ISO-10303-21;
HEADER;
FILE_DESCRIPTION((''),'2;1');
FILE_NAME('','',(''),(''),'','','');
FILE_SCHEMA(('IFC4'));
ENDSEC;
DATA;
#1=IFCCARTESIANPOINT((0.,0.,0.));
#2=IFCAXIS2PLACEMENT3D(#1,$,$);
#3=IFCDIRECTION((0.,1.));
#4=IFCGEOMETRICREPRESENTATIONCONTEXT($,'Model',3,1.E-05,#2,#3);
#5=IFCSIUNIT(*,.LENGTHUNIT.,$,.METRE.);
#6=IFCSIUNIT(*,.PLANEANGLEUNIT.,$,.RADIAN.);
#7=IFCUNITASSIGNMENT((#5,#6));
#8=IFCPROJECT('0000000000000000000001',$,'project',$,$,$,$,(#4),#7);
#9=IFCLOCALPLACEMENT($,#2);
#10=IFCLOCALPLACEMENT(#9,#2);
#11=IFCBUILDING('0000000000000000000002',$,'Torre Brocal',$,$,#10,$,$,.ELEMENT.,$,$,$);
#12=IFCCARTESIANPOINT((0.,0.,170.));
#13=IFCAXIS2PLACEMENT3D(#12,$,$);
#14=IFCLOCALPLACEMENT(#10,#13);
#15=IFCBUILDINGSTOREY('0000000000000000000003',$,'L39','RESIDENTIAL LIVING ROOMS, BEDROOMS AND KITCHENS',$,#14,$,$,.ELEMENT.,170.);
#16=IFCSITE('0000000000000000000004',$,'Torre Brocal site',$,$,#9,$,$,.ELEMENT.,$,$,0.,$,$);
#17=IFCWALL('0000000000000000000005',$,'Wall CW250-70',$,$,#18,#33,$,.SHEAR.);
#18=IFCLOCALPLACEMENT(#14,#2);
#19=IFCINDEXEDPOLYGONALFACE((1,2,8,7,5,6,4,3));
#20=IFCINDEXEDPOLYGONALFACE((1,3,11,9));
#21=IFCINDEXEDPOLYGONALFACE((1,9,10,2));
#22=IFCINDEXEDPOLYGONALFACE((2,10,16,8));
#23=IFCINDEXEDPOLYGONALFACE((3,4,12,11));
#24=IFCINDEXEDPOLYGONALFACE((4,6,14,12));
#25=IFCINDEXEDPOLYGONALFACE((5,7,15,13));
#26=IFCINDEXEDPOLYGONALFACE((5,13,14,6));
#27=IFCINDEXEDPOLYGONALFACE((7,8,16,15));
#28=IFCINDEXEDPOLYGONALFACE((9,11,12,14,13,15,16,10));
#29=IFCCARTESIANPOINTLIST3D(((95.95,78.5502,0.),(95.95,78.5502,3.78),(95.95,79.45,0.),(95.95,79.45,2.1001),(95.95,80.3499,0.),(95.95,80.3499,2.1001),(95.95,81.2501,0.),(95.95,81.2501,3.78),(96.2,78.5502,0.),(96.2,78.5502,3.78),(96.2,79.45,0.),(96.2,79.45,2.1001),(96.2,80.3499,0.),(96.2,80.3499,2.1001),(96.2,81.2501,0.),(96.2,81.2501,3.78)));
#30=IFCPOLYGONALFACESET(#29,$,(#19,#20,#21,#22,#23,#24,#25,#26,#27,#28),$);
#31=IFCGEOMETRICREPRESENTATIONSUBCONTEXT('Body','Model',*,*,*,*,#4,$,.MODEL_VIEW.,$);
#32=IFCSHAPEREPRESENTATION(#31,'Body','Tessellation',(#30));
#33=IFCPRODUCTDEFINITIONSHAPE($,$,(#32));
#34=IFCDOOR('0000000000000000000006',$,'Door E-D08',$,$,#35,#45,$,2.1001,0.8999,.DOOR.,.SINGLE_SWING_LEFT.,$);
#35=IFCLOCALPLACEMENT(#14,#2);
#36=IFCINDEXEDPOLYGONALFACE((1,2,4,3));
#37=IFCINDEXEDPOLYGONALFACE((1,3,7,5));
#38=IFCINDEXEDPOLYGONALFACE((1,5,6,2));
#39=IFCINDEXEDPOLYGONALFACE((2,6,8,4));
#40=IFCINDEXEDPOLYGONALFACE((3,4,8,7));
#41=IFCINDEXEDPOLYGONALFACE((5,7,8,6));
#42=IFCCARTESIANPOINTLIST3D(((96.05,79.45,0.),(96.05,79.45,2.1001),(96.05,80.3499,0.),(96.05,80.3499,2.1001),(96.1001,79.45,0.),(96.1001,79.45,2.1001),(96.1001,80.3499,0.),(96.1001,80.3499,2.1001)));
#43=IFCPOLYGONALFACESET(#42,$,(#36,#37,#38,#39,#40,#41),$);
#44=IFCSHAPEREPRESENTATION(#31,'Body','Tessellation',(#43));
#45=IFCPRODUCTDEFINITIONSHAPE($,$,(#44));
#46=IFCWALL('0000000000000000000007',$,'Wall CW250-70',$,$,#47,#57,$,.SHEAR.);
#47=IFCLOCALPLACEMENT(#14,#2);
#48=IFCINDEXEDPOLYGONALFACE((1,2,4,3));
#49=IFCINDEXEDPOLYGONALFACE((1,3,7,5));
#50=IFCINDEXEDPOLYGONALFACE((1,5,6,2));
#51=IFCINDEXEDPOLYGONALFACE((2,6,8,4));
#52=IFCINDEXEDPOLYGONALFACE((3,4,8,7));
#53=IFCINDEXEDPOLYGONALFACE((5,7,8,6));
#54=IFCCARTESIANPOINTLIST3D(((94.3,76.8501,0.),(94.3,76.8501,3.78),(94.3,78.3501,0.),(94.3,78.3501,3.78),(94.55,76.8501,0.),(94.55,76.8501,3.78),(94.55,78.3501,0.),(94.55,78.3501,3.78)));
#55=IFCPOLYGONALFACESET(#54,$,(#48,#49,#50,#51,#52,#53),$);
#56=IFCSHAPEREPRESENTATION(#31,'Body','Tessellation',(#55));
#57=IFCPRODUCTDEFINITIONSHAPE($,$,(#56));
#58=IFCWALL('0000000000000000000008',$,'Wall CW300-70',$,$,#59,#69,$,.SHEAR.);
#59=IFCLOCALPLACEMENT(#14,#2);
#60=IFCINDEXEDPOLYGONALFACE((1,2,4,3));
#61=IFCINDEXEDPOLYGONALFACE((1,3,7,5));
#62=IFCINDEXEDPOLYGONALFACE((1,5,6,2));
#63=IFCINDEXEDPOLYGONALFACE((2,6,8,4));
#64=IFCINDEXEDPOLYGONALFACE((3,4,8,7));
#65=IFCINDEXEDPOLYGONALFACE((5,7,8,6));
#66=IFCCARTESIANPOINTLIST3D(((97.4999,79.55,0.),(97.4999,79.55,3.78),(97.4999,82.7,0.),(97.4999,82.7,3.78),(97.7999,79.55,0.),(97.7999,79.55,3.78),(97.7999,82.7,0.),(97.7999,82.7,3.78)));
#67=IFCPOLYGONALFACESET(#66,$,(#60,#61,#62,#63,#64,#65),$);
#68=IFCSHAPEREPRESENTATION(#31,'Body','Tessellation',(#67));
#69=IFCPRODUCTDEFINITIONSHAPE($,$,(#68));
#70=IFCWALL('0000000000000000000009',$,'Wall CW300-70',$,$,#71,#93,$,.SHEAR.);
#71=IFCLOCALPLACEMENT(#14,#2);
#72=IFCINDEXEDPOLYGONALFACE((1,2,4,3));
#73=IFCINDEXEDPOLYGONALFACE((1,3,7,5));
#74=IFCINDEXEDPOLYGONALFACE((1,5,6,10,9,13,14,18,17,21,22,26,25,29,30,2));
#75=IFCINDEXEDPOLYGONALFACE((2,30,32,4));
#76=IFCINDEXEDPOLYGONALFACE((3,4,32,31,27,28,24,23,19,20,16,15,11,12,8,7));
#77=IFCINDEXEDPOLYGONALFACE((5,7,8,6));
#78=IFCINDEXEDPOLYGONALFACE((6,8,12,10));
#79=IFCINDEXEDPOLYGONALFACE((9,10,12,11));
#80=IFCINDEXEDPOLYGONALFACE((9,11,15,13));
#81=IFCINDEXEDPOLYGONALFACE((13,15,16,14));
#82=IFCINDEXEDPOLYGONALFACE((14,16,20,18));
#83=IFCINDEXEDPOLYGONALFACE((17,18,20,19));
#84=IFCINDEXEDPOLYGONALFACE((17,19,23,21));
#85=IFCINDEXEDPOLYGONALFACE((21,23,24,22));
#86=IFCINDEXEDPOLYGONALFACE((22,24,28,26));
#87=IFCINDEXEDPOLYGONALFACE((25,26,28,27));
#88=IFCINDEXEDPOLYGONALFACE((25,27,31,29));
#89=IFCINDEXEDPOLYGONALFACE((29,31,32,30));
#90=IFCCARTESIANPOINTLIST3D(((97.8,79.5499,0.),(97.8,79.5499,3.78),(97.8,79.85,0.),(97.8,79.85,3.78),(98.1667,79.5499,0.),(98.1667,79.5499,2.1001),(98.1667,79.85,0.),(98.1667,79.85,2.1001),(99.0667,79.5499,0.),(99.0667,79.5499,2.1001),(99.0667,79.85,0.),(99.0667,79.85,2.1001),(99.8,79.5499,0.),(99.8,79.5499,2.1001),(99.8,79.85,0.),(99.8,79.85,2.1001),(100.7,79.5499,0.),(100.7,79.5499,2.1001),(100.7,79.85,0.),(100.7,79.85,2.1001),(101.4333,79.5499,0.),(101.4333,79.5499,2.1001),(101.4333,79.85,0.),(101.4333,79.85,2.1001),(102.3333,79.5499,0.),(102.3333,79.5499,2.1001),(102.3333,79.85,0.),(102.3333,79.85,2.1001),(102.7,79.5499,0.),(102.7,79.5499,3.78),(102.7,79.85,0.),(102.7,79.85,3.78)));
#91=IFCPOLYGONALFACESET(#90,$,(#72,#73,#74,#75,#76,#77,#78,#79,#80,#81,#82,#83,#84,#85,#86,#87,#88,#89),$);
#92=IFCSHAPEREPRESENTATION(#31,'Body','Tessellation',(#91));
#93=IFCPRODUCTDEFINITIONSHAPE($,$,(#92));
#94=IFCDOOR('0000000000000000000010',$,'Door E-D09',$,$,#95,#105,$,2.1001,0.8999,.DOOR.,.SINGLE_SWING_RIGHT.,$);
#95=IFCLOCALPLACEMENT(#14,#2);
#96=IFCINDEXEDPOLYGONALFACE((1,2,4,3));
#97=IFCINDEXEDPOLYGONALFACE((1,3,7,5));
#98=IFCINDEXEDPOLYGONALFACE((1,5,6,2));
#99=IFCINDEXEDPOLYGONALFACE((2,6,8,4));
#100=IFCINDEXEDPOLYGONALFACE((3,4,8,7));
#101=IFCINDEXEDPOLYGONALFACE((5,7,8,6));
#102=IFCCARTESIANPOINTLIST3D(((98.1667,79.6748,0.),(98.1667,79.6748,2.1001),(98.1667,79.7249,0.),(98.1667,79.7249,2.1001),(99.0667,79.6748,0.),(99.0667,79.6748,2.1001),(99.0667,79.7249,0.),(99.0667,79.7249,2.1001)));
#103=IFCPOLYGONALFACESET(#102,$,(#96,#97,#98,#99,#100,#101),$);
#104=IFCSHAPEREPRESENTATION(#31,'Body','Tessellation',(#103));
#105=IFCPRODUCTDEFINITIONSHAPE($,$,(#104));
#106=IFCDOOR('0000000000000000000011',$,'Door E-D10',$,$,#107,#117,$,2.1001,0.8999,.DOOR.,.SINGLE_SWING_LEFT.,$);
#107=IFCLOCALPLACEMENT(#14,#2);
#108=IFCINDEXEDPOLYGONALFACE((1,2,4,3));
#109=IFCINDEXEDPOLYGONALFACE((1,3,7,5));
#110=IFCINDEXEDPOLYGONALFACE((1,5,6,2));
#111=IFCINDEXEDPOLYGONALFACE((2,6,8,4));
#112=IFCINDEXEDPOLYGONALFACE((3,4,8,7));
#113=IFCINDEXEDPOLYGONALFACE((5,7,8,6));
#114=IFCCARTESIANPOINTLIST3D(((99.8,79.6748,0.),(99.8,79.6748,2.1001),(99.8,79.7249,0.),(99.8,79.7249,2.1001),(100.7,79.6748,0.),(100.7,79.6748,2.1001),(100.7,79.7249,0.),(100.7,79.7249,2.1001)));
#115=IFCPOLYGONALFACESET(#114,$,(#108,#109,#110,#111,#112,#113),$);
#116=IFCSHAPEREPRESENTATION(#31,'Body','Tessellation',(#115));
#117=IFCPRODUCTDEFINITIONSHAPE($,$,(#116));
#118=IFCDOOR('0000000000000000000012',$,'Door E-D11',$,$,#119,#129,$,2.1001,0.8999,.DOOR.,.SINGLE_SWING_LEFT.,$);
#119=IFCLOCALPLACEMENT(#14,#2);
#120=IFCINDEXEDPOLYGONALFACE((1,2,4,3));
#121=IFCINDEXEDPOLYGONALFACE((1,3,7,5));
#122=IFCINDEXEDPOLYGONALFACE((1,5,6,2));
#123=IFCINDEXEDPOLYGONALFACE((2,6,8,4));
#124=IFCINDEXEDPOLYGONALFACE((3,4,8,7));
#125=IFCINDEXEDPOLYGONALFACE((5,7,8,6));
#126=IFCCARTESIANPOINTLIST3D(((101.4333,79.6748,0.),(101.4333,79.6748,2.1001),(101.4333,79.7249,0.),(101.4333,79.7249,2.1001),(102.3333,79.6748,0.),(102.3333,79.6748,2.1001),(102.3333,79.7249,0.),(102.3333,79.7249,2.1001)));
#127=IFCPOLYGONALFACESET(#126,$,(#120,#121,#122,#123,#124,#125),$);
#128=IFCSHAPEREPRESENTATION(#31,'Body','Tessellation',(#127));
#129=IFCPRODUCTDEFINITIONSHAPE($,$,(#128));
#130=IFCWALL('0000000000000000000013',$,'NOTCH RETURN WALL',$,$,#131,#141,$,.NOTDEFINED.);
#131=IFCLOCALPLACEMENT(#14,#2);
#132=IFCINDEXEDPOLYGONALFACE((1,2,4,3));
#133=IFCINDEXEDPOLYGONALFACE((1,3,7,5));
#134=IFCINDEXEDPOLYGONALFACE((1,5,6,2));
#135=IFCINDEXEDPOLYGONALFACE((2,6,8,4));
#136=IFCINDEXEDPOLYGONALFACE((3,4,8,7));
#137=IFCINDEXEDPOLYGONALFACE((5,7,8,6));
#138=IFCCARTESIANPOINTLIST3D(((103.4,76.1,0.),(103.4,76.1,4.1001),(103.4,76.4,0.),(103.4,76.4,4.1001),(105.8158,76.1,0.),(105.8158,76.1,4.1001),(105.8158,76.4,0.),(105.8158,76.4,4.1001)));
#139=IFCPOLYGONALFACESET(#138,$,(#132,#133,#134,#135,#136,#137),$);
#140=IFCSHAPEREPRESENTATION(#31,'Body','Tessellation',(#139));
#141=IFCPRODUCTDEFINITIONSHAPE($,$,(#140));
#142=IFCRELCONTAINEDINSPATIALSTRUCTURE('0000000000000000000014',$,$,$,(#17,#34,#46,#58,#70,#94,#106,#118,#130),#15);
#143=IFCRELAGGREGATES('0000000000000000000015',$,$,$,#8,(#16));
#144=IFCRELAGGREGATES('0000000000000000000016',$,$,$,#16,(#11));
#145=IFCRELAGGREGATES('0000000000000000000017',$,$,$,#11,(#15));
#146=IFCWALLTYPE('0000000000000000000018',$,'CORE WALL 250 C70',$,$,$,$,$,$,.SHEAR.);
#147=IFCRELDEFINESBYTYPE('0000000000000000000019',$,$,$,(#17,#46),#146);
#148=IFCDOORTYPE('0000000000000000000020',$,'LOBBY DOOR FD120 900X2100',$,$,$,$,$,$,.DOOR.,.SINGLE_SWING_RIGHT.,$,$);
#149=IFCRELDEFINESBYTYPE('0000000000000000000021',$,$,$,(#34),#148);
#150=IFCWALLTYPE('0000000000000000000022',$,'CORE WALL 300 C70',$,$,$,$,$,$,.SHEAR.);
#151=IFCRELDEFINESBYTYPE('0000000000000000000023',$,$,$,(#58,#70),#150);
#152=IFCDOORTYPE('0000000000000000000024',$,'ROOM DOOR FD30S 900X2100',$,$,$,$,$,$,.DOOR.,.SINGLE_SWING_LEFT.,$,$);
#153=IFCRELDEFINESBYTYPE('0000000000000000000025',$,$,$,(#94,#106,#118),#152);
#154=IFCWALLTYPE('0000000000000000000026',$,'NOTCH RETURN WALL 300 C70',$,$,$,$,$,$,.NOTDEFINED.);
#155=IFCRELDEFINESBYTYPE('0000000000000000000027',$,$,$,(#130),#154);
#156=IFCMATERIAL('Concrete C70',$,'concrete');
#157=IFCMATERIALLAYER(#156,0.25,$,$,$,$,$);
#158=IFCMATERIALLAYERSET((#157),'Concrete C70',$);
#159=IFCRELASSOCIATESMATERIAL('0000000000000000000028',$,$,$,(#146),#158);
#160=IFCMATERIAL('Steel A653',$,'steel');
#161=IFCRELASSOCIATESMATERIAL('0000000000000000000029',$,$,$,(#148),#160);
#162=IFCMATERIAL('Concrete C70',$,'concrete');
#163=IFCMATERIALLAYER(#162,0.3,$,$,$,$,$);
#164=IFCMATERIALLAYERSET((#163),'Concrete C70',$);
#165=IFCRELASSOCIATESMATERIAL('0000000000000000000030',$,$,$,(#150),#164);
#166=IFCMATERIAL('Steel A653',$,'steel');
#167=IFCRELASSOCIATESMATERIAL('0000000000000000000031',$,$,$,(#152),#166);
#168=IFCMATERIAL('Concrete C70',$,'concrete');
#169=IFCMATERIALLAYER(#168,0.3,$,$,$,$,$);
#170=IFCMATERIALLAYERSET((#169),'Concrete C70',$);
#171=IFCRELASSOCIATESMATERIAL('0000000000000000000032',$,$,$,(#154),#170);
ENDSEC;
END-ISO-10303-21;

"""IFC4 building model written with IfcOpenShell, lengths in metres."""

from ifc_helpers import new_model, si_unit, direction, frame, frame_2d, origin, place, context, subcontext, project, spatial, rectangle, extrude, material, layer, layer_set, type_object, element, fill, save


model = new_model("IFC4")

# Units and contexts
model_context = context("Model", 3, precision=1e-05, world=origin(), true_north=direction((0.0, 1.0)))
body_context = subcontext(model_context, "Body", "Model", "MODEL_VIEW")
ifc_project = project(units=[si_unit("LENGTHUNIT", "METRE"), si_unit("PLANEANGLEUNIT", "RADIAN")], contexts=[model_context])

# Site, building, storey
site_placement = place(None, origin())
site = spatial("IfcSite", under=ifc_project, at=site_placement, Name="Torre Brocal site", CompositionType="ELEMENT", RefElevation=0.0)
building_placement = place(site_placement, origin())
building = spatial("IfcBuilding", under=site, at=building_placement, Name="Torre Brocal", CompositionType="ELEMENT")
storey_placement = place(building_placement, frame((0.0, 0.0, 170.0)))
storey = spatial("IfcBuildingStorey", under=building, at=storey_placement, Name="L39", Description="RESIDENTIAL LIVING ROOMS, BEDROOMS AND KITCHENS", CompositionType="ELEMENT", Elevation=170.0)

# Wall, opening, door
ifc_material_1 = material(Name="Concrete C70", Category="concrete")
ifc_layer_1 = layer(ifc_material_1, 0.25)
ifc_layer_set_1 = layer_set([ifc_layer_1], Name="Concrete C70")
wall_type_1 = type_object("IfcWallType", Name="CORE WALL 250 C70", PredefinedType="SHEAR", material=ifc_layer_set_1)
wall_1_placement = place(storey_placement, frame((96.075, 78.55, 0.0), z_axis=(0.0, 0.0, 1.0), x_axis=(0.0, 1.0, 0.0)))
wall_1 = element("IfcWall", 1, at=wall_1_placement, inside=storey, type_object=wall_type_1, Name="Wall CW250-70", PredefinedType="SHEAR", context=body_context, shape_type="SweptSolid", body=[
    extrude(rectangle(XDim=2.7, YDim=0.25, at=frame_2d((1.3501, 0.0))), origin(), (0.0, 0.0, 1.0), 3.78),
])
opening_1_placement = place(wall_1_placement, frame((0.8999, 0.0, 0.0)))
opening_1 = element("IfcOpeningElement", 2, at=opening_1_placement, cuts=wall_1, PredefinedType="OPENING", context=body_context, shape_type="SweptSolid", body=[
    extrude(rectangle(XDim=0.8999, YDim=2.1001, at=frame_2d((0.45, 1.05))), frame((0.0, 0.135, 0.0), z_axis=(0.0, -1.0, 0.0), x_axis=(1.0, 0.0, 0.0)), (0.0, 0.0, 1.0), 0.27),
])
ifc_material_2 = material(Name="Steel A653", Category="steel")
door_type_1 = type_object("IfcDoorType", Name="LOBBY DOOR FD120 900X2100", OperationType="SINGLE_SWING_RIGHT", PredefinedType="DOOR", material=ifc_material_2)
door_1_placement = place(opening_1_placement, origin())
door_1 = element("IfcDoor", 3, at=door_1_placement, inside=storey, type_object=door_type_1, Name="Door E-D08", OperationType="SINGLE_SWING_LEFT", OverallHeight=2.1001, OverallWidth=0.8999, PredefinedType="DOOR", context=body_context, shape_type="SweptSolid", body=[
    extrude(rectangle(XDim=0.8999, YDim=2.1001, at=frame_2d((0.45, 1.05))), frame((0.0, 0.0249, 0.0), z_axis=(0.0, -1.0, 0.0), x_axis=(1.0, 0.0, 0.0)), (0.0, 0.0, 1.0), 0.05),
])
fill(opening_1, door_1)

# Walls
wall_2_placement = place(storey_placement, frame((94.425, 76.8501, 0.0), z_axis=(0.0, 0.0, 1.0), x_axis=(0.0, 1.0, 0.0)))
element("IfcWall", 4, at=wall_2_placement, inside=storey, type_object=wall_type_1, Name="Wall CW250-70", PredefinedType="SHEAR", context=body_context, shape_type="SweptSolid", body=[
    extrude(rectangle(XDim=1.5, YDim=0.25, at=frame_2d((0.75, 0.0))), origin(), (0.0, 0.0, 1.0), 3.78),
])
ifc_material_3 = material(Name="Concrete C70", Category="concrete")
ifc_layer_2 = layer(ifc_material_3, 0.3)
ifc_layer_set_2 = layer_set([ifc_layer_2], Name="Concrete C70")
wall_type_2 = type_object("IfcWallType", Name="CORE WALL 300 C70", PredefinedType="SHEAR", material=ifc_layer_set_2)
wall_3_placement = place(storey_placement, frame((97.6499, 79.55, 0.0), z_axis=(0.0, 0.0, 1.0), x_axis=(0.0, 1.0, 0.0)))
element("IfcWall", 5, at=wall_3_placement, inside=storey, type_object=wall_type_2, Name="Wall CW300-70", PredefinedType="SHEAR", context=body_context, shape_type="SweptSolid", body=[
    extrude(rectangle(XDim=3.1499, YDim=0.3, at=frame_2d((1.575, 0.0))), origin(), (0.0, 0.0, 1.0), 3.78),
])

# Wall, openings, doors
wall_4_placement = place(storey_placement, frame((97.8, 79.7, 0.0), z_axis=(0.0, 0.0, 1.0), x_axis=(1.0, 0.0, 0.0)))
wall_4 = element("IfcWall", 6, at=wall_4_placement, inside=storey, type_object=wall_type_2, Name="Wall CW300-70", PredefinedType="SHEAR", context=body_context, shape_type="SweptSolid", body=[
    extrude(rectangle(XDim=4.8999, YDim=0.3, at=frame_2d((2.45, 0.0))), origin(), (0.0, 0.0, 1.0), 3.78),
])
opening_2_placement = place(wall_4_placement, frame((0.3667, 0.0, 0.0)))
opening_2 = element("IfcOpeningElement", 7, at=opening_2_placement, cuts=wall_4, PredefinedType="OPENING", context=body_context, shape_type="SweptSolid", body=[
    extrude(rectangle(XDim=0.8999, YDim=2.1001, at=frame_2d((0.45, 1.05))), frame((0.0, 0.1599, 0.0), z_axis=(0.0, -1.0, 0.0), x_axis=(1.0, 0.0, 0.0)), (0.0, 0.0, 1.0), 0.3201),
])
opening_3_placement = place(wall_4_placement, frame((2.0, 0.0, 0.0)))
opening_3 = element("IfcOpeningElement", 8, at=opening_3_placement, cuts=wall_4, PredefinedType="OPENING", context=body_context, shape_type="SweptSolid", body=[
    extrude(rectangle(XDim=0.8999, YDim=2.1001, at=frame_2d((0.45, 1.05))), frame((0.0, 0.1599, 0.0), z_axis=(0.0, -1.0, 0.0), x_axis=(1.0, 0.0, 0.0)), (0.0, 0.0, 1.0), 0.3201),
])
opening_4_placement = place(wall_4_placement, frame((3.6333, 0.0, 0.0)))
opening_4 = element("IfcOpeningElement", 9, at=opening_4_placement, cuts=wall_4, PredefinedType="OPENING", context=body_context, shape_type="SweptSolid", body=[
    extrude(rectangle(XDim=0.8999, YDim=2.1001, at=frame_2d((0.45, 1.05))), frame((0.0, 0.1599, 0.0), z_axis=(0.0, -1.0, 0.0), x_axis=(1.0, 0.0, 0.0)), (0.0, 0.0, 1.0), 0.3201),
])
ifc_material_4 = material(Name="Steel A653", Category="steel")
door_type_2 = type_object("IfcDoorType", Name="ROOM DOOR FD30S 900X2100", OperationType="SINGLE_SWING_LEFT", PredefinedType="DOOR", material=ifc_material_4)
door_2_placement = place(opening_2_placement, origin())
door_2 = element("IfcDoor", 10, at=door_2_placement, inside=storey, type_object=door_type_2, Name="Door E-D09", OperationType="SINGLE_SWING_RIGHT", OverallHeight=2.1001, OverallWidth=0.8999, PredefinedType="DOOR", context=body_context, shape_type="SweptSolid", body=[
    extrude(rectangle(XDim=0.8999, YDim=2.1001, at=frame_2d((0.45, 1.05))), frame((0.0, 0.0249, 0.0), z_axis=(0.0, -1.0, 0.0), x_axis=(1.0, 0.0, 0.0)), (0.0, 0.0, 1.0), 0.05),
])
fill(opening_2, door_2)
door_3_placement = place(opening_3_placement, origin())
door_3 = element("IfcDoor", 11, at=door_3_placement, inside=storey, type_object=door_type_2, Name="Door E-D10", OperationType="SINGLE_SWING_LEFT", OverallHeight=2.1001, OverallWidth=0.8999, PredefinedType="DOOR", context=body_context, shape_type="SweptSolid", body=[
    extrude(rectangle(XDim=0.8999, YDim=2.1001, at=frame_2d((0.45, 1.05))), frame((0.0, 0.0249, 0.0), z_axis=(0.0, -1.0, 0.0), x_axis=(1.0, 0.0, 0.0)), (0.0, 0.0, 1.0), 0.05),
])
fill(opening_3, door_3)
door_4_placement = place(opening_4_placement, origin())
door_4 = element("IfcDoor", 12, at=door_4_placement, inside=storey, type_object=door_type_2, Name="Door E-D11", OperationType="SINGLE_SWING_LEFT", OverallHeight=2.1001, OverallWidth=0.8999, PredefinedType="DOOR", context=body_context, shape_type="SweptSolid", body=[
    extrude(rectangle(XDim=0.8999, YDim=2.1001, at=frame_2d((0.45, 1.05))), frame((0.0, 0.0249, 0.0), z_axis=(0.0, -1.0, 0.0), x_axis=(1.0, 0.0, 0.0)), (0.0, 0.0, 1.0), 0.05),
])
fill(opening_4, door_4)

# Wall
ifc_material_5 = material(Name="Concrete C70", Category="concrete")
ifc_layer_3 = layer(ifc_material_5, 0.3)
ifc_layer_set_3 = layer_set([ifc_layer_3], Name="Concrete C70")
wall_type_3 = type_object("IfcWallType", Name="NOTCH RETURN WALL 300 C70", PredefinedType="NOTDEFINED", material=ifc_layer_set_3)
wall_5_placement = place(storey_placement, frame((103.3999, 76.25, 0.0), z_axis=(0.0, 0.0, 1.0), x_axis=(1.0, 0.0, 0.0)))
element("IfcWall", 13, at=wall_5_placement, inside=storey, type_object=wall_type_3, Name="NOTCH RETURN WALL", PredefinedType="NOTDEFINED", context=body_context, shape_type="SweptSolid", body=[
    extrude(rectangle(XDim=2.4158, YDim=0.3, at=frame_2d((1.208, 0.0))), origin(), (0.0, 0.0, 1.0), 4.1001),
])

save(model, "model.ifc")
